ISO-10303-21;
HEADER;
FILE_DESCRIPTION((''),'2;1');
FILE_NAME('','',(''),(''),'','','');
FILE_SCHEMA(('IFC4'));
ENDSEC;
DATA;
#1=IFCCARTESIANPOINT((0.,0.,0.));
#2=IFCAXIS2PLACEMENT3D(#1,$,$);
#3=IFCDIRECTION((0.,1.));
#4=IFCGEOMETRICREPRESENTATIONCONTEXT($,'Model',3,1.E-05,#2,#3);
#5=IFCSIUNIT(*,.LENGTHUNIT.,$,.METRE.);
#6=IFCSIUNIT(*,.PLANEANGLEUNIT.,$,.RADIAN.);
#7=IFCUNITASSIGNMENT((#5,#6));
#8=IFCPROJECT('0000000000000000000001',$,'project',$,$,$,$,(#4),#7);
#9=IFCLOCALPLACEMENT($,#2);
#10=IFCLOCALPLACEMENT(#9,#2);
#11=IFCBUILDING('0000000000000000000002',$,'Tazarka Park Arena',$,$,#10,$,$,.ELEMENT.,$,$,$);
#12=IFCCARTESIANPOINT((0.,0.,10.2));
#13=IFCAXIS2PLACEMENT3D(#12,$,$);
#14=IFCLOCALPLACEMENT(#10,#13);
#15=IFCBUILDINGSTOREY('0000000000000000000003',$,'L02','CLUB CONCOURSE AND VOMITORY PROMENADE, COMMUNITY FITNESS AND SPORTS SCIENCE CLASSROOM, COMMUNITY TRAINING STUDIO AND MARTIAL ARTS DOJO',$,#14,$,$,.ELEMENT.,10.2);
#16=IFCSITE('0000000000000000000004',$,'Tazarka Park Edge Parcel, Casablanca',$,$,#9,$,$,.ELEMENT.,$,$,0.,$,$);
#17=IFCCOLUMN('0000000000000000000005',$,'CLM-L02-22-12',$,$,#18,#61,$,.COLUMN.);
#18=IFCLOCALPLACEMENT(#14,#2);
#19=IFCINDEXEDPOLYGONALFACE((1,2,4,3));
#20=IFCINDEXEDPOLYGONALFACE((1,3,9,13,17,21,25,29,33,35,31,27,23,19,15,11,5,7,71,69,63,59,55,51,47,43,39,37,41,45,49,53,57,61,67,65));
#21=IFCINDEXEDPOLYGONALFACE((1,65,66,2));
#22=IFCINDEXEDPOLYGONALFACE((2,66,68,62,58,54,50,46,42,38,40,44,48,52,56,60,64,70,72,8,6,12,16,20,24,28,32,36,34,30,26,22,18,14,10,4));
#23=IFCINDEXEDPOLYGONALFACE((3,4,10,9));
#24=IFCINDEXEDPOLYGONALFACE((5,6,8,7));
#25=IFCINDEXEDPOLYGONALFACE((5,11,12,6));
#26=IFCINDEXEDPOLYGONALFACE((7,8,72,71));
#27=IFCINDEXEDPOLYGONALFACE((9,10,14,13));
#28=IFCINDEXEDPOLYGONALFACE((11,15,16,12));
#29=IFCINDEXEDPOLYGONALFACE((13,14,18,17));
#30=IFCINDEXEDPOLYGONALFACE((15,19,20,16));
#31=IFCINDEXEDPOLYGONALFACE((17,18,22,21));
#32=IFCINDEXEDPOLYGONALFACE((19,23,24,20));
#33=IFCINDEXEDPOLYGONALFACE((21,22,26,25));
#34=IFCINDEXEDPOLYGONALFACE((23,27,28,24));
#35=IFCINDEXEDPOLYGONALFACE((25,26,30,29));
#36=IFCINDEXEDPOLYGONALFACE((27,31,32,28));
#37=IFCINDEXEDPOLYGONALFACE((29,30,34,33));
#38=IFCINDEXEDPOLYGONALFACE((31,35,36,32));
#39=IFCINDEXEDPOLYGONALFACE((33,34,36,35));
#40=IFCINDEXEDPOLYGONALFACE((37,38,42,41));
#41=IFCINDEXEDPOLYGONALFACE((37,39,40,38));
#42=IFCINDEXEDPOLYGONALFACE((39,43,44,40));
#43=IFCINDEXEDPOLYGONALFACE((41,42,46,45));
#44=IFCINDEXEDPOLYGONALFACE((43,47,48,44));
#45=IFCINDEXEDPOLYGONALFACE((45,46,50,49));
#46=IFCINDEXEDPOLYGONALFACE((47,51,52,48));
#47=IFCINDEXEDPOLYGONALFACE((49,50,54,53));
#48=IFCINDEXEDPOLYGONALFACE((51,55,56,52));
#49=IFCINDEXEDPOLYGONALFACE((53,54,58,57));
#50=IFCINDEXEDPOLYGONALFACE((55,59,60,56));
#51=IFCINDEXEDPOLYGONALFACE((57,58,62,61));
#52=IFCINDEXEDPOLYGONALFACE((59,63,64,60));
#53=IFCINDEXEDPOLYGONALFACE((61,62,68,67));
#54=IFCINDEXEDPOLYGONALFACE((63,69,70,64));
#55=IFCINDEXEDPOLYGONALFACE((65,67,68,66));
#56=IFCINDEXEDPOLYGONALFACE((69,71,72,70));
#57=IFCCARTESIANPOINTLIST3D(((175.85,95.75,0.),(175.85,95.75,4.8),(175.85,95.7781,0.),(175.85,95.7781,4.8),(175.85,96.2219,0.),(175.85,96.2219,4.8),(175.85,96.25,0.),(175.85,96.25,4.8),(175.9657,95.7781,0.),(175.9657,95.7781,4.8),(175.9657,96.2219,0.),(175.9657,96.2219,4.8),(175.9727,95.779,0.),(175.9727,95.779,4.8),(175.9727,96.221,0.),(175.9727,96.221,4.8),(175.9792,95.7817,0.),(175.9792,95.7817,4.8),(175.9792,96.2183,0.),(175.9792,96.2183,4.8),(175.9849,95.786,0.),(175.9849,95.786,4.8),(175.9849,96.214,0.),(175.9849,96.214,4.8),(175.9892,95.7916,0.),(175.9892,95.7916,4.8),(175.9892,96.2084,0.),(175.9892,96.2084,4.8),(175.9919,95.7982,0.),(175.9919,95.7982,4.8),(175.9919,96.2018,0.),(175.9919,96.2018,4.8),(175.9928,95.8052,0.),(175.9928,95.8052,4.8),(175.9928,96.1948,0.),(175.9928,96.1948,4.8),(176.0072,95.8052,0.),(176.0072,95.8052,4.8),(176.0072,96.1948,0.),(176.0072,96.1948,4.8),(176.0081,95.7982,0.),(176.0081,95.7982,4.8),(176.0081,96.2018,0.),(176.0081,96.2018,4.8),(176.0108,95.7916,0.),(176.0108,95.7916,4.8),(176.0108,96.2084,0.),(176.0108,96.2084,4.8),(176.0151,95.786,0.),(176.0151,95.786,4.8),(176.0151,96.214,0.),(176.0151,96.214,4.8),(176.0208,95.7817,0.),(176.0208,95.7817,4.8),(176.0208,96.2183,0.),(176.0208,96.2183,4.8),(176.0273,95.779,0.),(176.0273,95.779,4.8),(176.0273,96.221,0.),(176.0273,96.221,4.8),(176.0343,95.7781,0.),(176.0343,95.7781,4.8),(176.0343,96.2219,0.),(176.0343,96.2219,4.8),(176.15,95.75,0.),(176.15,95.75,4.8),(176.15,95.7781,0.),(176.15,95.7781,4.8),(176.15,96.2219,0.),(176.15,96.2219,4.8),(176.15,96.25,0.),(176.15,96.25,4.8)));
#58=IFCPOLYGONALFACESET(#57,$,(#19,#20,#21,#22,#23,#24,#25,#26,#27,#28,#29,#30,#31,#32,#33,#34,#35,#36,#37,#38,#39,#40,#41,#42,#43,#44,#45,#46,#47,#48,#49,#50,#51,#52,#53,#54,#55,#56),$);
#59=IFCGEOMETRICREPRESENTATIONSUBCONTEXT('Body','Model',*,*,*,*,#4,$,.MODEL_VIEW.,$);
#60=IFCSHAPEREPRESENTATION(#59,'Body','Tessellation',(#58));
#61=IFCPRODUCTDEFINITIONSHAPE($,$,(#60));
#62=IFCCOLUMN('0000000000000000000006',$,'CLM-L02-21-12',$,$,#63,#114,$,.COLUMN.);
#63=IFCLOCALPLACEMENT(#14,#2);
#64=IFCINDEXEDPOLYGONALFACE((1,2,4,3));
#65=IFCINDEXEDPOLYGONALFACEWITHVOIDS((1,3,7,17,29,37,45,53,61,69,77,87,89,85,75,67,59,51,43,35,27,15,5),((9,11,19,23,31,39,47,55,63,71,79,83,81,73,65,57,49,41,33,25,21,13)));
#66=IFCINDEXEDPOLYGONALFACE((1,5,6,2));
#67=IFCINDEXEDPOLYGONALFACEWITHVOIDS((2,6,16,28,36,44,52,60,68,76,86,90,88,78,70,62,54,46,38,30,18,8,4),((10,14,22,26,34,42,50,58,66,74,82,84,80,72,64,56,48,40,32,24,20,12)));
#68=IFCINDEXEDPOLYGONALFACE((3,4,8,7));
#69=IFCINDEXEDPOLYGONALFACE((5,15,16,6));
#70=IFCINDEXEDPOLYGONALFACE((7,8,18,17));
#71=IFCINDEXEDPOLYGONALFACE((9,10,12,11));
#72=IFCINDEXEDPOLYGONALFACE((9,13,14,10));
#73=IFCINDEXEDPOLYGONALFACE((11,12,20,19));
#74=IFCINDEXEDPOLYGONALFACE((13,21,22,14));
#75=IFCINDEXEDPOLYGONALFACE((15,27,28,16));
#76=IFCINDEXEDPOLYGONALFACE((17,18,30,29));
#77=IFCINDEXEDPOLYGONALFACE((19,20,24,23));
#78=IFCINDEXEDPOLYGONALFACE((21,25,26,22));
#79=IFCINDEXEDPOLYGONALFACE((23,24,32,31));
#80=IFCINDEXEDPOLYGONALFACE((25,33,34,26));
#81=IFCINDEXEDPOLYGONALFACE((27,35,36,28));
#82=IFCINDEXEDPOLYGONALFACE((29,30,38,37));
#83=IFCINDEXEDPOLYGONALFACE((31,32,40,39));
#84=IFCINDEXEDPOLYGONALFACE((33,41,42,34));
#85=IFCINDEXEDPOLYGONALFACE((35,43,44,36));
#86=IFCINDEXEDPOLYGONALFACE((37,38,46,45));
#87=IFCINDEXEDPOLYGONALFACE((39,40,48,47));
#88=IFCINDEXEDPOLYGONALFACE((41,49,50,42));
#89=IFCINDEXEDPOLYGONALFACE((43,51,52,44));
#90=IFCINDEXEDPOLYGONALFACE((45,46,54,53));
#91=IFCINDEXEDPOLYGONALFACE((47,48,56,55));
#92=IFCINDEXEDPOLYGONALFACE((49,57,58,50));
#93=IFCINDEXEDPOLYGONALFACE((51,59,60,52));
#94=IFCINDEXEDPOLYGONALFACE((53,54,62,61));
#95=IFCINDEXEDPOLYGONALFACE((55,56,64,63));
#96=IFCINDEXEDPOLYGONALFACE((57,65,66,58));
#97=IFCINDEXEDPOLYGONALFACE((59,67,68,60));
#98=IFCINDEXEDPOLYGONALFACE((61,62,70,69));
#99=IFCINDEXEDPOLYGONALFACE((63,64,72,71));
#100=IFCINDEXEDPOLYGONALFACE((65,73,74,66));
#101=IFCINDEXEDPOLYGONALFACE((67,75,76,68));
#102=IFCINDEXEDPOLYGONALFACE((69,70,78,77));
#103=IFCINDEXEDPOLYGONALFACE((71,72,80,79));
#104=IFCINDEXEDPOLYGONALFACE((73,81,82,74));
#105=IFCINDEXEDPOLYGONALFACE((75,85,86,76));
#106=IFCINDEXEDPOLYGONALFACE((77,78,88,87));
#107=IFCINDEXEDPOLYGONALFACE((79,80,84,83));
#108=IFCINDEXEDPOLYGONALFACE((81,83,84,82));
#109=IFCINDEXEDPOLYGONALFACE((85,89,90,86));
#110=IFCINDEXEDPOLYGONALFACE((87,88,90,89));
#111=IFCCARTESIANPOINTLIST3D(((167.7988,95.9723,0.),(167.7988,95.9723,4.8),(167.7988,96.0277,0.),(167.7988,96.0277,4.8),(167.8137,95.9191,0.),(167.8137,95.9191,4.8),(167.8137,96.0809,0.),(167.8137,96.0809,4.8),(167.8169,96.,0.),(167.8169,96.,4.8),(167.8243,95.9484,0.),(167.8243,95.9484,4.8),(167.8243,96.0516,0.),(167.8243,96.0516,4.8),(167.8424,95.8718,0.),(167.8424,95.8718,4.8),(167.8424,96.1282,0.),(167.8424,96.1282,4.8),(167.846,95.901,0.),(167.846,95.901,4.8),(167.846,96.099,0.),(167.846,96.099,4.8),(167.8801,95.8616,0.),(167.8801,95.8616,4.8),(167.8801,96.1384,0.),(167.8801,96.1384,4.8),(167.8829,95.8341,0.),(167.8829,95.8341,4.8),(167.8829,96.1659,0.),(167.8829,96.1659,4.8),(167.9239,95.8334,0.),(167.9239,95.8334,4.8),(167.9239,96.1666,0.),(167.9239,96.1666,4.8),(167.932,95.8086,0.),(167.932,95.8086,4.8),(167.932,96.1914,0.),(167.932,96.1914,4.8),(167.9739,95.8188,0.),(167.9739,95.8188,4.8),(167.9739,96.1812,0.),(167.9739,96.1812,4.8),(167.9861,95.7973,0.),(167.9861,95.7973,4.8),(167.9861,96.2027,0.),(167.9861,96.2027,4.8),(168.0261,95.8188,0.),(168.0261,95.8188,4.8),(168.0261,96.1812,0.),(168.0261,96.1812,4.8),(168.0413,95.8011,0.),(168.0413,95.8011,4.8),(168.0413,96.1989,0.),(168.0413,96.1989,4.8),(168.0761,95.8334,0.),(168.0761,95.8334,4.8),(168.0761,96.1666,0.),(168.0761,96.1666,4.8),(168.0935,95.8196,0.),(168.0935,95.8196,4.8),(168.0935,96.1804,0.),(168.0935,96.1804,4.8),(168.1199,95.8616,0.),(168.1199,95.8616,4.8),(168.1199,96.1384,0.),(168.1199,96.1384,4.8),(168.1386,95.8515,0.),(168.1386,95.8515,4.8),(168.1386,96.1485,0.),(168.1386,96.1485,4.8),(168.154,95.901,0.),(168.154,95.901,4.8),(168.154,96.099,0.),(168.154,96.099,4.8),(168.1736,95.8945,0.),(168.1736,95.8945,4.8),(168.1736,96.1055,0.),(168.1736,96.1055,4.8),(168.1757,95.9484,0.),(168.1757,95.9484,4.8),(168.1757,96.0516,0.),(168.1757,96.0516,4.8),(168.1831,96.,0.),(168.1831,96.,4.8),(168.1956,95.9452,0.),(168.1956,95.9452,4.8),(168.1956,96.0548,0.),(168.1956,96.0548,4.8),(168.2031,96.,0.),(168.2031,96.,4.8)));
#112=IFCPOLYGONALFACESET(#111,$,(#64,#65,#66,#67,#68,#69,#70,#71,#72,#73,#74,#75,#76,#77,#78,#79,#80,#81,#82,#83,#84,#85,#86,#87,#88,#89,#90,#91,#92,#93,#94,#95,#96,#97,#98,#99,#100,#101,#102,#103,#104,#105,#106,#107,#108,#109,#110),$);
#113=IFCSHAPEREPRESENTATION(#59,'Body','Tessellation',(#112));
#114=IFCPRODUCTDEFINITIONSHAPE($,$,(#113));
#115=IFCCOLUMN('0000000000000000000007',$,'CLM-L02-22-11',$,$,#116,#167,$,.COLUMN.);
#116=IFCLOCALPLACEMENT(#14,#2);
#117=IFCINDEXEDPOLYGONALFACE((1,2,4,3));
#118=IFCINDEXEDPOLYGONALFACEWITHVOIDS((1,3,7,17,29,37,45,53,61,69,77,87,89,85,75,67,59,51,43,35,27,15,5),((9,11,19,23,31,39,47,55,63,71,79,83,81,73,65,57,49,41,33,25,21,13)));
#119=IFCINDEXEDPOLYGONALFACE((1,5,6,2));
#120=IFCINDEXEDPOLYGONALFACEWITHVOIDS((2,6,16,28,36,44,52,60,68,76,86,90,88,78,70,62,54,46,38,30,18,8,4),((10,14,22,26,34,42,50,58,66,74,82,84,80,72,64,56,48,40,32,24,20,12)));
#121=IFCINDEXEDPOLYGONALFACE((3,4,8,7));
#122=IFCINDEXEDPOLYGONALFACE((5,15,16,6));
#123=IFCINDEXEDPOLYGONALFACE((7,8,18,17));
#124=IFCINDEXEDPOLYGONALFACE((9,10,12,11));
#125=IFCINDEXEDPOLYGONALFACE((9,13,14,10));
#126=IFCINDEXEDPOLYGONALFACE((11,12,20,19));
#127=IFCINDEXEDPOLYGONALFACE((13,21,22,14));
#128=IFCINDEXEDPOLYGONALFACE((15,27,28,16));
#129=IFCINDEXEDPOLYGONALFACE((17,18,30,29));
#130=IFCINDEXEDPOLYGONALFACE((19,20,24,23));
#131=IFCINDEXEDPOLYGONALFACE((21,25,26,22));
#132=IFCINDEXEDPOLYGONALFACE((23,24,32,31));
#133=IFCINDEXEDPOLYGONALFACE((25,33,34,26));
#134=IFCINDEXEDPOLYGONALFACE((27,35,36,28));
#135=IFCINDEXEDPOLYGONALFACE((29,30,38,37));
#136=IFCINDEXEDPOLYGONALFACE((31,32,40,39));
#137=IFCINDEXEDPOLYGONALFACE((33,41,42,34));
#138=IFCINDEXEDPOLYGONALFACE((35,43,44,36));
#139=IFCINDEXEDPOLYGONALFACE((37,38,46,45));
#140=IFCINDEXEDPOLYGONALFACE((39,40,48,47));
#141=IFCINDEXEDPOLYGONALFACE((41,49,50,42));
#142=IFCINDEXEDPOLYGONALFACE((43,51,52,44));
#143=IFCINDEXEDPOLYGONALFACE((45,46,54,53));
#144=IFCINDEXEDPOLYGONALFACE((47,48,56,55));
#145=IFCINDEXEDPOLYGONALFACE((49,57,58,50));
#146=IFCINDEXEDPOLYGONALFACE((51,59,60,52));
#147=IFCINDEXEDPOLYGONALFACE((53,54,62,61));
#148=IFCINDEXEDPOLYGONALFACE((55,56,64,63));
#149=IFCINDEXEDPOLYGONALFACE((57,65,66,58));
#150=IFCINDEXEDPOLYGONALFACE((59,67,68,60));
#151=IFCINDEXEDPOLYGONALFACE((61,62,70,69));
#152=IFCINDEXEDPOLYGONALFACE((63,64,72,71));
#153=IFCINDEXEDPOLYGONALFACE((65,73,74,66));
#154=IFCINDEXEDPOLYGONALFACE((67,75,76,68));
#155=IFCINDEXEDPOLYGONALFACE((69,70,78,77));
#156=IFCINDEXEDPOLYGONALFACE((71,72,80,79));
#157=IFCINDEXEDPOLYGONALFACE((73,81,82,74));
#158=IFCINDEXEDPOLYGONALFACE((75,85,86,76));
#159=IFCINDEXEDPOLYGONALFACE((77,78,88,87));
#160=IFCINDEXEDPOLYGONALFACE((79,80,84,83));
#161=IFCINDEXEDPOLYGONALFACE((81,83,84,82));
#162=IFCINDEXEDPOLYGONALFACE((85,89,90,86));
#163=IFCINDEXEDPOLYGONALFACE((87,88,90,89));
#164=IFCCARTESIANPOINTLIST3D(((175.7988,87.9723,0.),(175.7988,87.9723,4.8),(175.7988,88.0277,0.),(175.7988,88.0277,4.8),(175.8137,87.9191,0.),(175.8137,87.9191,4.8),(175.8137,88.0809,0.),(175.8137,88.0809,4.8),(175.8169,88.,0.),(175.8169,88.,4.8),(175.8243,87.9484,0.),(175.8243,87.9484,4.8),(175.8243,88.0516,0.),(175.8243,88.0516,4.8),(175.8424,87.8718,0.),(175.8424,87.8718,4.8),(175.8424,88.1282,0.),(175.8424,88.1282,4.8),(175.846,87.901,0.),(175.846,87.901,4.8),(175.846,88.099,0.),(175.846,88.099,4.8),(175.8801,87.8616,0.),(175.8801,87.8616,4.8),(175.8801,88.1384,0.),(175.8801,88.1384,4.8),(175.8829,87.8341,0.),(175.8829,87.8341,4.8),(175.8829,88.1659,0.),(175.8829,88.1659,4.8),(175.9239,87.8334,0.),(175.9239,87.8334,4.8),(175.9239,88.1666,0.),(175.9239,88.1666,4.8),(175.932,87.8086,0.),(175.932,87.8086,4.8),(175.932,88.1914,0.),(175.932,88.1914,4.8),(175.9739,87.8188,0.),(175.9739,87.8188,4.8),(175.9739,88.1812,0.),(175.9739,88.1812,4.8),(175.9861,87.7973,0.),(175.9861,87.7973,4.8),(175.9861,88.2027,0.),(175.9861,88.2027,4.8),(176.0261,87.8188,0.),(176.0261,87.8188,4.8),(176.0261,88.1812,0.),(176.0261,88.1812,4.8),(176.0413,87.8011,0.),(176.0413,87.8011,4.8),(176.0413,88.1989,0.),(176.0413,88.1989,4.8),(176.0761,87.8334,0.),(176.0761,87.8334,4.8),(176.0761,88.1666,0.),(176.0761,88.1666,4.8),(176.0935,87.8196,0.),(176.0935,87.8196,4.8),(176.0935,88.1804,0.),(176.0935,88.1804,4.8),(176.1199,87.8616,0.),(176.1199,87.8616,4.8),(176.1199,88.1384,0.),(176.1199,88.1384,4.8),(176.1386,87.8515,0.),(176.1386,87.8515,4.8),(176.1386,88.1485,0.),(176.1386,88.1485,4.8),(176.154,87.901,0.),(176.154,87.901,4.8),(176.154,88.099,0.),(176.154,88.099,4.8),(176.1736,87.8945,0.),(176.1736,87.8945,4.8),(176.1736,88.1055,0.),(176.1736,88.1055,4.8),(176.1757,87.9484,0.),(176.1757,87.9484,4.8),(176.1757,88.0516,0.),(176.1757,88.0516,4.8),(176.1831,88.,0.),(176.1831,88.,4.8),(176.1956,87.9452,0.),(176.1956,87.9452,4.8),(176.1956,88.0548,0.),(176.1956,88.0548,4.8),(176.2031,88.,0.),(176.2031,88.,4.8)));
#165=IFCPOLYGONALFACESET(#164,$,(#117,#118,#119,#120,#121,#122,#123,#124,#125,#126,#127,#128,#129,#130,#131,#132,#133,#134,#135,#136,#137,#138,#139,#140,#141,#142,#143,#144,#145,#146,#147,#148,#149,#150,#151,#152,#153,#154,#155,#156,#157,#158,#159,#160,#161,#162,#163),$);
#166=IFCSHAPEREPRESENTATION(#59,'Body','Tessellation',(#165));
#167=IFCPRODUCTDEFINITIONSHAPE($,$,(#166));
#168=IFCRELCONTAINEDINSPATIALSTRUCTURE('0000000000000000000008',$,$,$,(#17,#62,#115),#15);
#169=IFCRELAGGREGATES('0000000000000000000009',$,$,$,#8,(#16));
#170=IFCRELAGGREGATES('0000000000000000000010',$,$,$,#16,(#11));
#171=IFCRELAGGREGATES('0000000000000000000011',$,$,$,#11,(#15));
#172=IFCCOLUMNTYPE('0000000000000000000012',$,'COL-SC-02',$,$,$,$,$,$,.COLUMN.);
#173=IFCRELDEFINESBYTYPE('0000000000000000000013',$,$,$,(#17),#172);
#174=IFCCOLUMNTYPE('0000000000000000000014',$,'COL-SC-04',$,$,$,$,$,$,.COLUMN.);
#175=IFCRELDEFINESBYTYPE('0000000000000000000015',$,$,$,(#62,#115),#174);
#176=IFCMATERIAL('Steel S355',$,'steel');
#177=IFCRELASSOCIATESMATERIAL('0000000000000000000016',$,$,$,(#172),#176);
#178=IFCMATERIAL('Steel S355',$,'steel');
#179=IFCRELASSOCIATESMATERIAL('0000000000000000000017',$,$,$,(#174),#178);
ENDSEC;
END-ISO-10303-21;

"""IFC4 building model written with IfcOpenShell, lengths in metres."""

from ifc_helpers import new_model, si_unit, direction, frame, origin, origin_2d, place, context, subcontext, project, spatial, hollow_circle, i_section, extrude, material, material_profile, profile_set, type_object, element, save


model = new_model("IFC4")

# Units and contexts
model_context = context("Model", 3, precision=1e-05, world=origin(), true_north=direction((0.0, 1.0)))
body_context = subcontext(model_context, "Body", "Model", "MODEL_VIEW")
ifc_project = project(units=[si_unit("LENGTHUNIT", "METRE"), si_unit("PLANEANGLEUNIT", "RADIAN")], contexts=[model_context])

# Site, building, storey
site_placement = place(None, origin())
site = spatial("IfcSite", under=ifc_project, at=site_placement, Name="Tazarka Park Edge Parcel, Casablanca", CompositionType="ELEMENT", RefElevation=0.0)
building_placement = place(site_placement, origin())
building = spatial("IfcBuilding", under=site, at=building_placement, Name="Tazarka Park Arena", CompositionType="ELEMENT")
storey_placement = place(building_placement, frame((0.0, 0.0, 10.2)))
storey = spatial("IfcBuildingStorey", under=building, at=storey_placement, Name="L02", Description="CLUB CONCOURSE AND VOMITORY PROMENADE, COMMUNITY FITNESS AND SPORTS SCIENCE CLASSROOM, COMMUNITY TRAINING STUDIO AND MARTIAL ARTS DOJO", CompositionType="ELEMENT", Elevation=10.2)

# Columns
ifc_material_1 = material(Name="Steel S355", Category="steel")
ifc_material_profile_1 = material_profile(ifc_material_1, i_section(OverallWidth=0.3, OverallDepth=0.5, WebThickness=0.0144, FlangeThickness=0.0281, FilletRadius=0.0271, at=origin_2d()), Name="Steel S355")
ifc_profile_set_1 = profile_set([ifc_material_profile_1], Name="Steel S355")
column_type_1 = type_object("IfcColumnType", Name="COL-SC-02", PredefinedType="COLUMN", material=ifc_profile_set_1)
column_placement = place(storey_placement, frame((176.0, 96.0, 0.0), z_axis=(0.0, 0.0, 1.0), x_axis=(1.0, 0.0, 0.0)))
element("IfcColumn", 1, at=column_placement, inside=storey, type_object=column_type_1, Name="CLM-L02-22-12", PredefinedType="COLUMN", context=body_context, shape_type="SweptSolid", body=[
    extrude(i_section(OverallWidth=0.3, OverallDepth=0.5, WebThickness=0.0144, FlangeThickness=0.0281, FilletRadius=0.0271, at=origin_2d()), origin(), (0.0, 0.0, 1.0), 4.8),
])
ifc_material_2 = material(Name="Steel S355", Category="steel")
ifc_material_profile_2 = material_profile(ifc_material_2, hollow_circle(Radius=0.2031, WallThickness=0.02, at=origin_2d()), Name="Steel S355")
ifc_profile_set_2 = profile_set([ifc_material_profile_2], Name="Steel S355")
column_type_2 = type_object("IfcColumnType", Name="COL-SC-04", PredefinedType="COLUMN", material=ifc_profile_set_2)
for number, where, z_axis, x_axis, name in (
    (2, (168.0, 96.0, 0.0), (0.0, 0.0, 1.0), (1.0, 0.0, 0.0), "CLM-L02-21-12"),
    (3, (176.0, 88.0, 0.0), (0.0, 0.0, 1.0), (1.0, 0.0, 0.0), "CLM-L02-22-11"),
):
    element("IfcColumn", number, at=place(storey_placement, frame(where, z_axis=z_axis, x_axis=x_axis)), inside=storey, type_object=column_type_2, Name=name, PredefinedType="COLUMN", context=body_context, shape_type="SweptSolid", body=[
        extrude(hollow_circle(Radius=0.2031, WallThickness=0.02, at=origin_2d()), origin(), (0.0, 0.0, 1.0), 4.8),
    ])

save(model, "model.ifc")
